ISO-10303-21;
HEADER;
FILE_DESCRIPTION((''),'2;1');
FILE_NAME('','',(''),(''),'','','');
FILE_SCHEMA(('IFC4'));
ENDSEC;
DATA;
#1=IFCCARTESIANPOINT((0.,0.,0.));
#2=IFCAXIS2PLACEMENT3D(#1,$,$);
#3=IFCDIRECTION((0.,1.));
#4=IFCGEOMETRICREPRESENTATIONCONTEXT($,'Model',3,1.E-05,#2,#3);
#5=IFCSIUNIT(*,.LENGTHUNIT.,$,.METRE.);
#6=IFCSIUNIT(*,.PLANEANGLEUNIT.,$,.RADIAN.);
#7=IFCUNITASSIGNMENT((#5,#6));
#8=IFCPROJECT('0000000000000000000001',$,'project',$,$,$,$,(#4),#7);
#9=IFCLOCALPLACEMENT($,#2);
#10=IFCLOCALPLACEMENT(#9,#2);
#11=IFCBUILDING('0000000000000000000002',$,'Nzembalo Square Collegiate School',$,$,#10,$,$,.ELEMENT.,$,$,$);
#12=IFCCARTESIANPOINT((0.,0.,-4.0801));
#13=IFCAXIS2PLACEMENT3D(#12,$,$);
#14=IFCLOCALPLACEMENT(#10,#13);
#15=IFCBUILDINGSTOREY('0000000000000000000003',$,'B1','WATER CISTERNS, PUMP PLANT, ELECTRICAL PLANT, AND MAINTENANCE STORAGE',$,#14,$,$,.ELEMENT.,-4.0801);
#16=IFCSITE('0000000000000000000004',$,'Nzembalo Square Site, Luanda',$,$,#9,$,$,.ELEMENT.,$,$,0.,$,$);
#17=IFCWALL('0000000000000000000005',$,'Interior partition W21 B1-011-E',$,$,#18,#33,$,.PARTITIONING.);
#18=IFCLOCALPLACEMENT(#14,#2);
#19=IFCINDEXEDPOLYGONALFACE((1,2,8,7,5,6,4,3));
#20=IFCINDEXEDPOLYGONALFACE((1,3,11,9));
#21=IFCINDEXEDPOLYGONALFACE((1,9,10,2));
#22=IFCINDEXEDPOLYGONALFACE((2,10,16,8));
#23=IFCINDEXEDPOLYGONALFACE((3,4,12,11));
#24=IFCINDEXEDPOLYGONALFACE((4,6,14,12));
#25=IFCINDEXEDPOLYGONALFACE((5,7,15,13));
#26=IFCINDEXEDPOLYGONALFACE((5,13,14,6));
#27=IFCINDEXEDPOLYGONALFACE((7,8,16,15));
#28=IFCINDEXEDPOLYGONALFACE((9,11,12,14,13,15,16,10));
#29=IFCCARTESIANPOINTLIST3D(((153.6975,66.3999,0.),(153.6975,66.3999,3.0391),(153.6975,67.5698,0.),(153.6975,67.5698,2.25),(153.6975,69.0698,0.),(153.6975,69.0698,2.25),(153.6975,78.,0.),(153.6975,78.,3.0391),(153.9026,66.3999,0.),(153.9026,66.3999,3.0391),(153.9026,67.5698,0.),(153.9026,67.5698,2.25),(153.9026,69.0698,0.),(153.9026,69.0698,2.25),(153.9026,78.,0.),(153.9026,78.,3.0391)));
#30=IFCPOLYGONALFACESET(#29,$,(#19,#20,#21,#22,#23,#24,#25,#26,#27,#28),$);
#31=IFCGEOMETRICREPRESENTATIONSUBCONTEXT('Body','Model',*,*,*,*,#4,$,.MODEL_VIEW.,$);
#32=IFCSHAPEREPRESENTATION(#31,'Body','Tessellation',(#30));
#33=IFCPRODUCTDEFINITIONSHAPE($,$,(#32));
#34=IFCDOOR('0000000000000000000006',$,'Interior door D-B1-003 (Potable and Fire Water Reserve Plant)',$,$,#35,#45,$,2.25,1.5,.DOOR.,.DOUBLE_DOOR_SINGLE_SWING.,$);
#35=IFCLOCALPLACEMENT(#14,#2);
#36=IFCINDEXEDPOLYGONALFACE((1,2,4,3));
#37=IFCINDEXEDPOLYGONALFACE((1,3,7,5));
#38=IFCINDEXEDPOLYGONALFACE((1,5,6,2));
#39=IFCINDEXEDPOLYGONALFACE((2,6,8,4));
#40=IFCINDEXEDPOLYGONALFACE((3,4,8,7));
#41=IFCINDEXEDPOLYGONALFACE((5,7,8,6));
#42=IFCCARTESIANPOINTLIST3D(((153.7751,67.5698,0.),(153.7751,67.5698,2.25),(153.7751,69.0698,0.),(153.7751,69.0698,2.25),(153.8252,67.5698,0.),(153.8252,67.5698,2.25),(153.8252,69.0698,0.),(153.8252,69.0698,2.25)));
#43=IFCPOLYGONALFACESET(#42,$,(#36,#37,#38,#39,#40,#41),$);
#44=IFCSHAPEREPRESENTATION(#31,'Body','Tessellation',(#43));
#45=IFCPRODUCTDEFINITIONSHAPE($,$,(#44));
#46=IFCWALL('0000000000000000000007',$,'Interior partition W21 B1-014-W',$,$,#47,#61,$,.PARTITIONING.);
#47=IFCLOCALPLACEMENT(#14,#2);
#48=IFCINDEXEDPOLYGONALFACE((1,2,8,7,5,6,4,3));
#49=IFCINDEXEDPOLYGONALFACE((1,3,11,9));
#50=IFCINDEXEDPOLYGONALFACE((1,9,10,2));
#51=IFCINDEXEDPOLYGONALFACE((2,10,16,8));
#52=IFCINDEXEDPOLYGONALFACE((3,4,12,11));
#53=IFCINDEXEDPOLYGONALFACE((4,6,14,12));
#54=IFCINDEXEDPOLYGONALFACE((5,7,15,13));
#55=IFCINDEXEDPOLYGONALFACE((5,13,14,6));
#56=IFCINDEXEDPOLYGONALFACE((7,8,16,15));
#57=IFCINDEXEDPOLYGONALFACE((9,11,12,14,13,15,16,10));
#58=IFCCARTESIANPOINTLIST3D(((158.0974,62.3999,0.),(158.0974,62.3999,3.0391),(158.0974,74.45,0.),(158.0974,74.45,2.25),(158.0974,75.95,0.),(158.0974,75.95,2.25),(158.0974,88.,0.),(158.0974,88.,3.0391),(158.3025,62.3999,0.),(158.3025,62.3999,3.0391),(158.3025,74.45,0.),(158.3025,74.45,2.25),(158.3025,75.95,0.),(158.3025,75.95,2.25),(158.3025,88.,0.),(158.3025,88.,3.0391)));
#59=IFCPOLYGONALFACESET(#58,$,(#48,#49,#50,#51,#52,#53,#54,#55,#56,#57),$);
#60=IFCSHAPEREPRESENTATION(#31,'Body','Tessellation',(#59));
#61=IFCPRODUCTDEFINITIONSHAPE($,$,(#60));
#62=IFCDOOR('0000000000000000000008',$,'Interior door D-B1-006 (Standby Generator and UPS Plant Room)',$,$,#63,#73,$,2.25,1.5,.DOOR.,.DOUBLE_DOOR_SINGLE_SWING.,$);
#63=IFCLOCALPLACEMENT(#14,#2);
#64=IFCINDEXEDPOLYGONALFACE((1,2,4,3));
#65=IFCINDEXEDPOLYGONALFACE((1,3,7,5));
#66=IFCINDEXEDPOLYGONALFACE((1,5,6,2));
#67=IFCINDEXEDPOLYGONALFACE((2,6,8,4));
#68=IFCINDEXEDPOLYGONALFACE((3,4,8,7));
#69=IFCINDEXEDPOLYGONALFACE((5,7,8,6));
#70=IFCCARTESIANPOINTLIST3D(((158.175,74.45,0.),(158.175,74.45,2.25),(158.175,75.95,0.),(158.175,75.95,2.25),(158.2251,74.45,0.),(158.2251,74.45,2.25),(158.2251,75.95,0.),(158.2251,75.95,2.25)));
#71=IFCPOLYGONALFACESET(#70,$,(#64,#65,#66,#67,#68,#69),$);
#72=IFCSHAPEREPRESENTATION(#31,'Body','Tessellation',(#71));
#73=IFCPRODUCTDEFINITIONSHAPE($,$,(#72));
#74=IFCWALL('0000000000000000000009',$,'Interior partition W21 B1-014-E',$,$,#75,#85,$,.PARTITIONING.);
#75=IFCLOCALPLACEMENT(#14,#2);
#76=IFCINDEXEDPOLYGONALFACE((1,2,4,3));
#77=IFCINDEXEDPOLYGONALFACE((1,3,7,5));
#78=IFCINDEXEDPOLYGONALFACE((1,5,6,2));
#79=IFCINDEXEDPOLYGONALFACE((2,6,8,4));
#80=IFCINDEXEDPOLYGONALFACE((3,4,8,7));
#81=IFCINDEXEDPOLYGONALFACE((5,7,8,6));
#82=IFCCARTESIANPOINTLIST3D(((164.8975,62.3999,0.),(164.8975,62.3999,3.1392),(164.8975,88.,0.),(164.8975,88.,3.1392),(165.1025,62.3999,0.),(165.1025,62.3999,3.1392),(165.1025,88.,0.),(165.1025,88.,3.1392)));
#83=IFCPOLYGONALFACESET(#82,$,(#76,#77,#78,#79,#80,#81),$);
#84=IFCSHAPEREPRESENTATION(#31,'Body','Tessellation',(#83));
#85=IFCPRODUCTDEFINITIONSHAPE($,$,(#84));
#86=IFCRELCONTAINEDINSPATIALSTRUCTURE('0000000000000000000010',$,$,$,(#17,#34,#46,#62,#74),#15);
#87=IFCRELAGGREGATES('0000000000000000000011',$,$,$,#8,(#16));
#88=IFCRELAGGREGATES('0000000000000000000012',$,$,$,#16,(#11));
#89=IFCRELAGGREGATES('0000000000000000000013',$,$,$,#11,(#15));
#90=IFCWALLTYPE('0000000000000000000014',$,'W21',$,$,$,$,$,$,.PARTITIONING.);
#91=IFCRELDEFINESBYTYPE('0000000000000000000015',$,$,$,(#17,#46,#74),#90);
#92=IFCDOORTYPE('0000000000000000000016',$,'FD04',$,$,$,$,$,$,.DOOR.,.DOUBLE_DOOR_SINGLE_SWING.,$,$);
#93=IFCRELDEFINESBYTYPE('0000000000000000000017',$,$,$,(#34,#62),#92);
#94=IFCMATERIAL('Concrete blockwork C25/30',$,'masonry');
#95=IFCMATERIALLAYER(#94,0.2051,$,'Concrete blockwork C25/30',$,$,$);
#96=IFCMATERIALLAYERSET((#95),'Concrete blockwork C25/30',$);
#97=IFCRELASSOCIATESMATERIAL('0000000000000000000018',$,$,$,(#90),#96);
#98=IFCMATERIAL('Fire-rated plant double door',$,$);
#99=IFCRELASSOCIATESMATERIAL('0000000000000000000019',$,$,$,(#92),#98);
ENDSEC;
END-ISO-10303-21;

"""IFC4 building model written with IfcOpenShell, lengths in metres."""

from ifc_helpers import new_model, si_unit, direction, frame, frame_2d, origin, place, context, subcontext, project, spatial, rectangle, extrude, material, layer, layer_set, type_object, element, fill, save


model = new_model("IFC4")

# Units and contexts
model_context = context("Model", 3, precision=1e-05, world=origin(), true_north=direction((0.0, 1.0)))
body_context = subcontext(model_context, "Body", "Model", "MODEL_VIEW")
ifc_project = project(units=[si_unit("LENGTHUNIT", "METRE"), si_unit("PLANEANGLEUNIT", "RADIAN")], contexts=[model_context])

# Site, building, storey
site_placement = place(None, origin())
site = spatial("IfcSite", under=ifc_project, at=site_placement, Name="Nzembalo Square Site, Luanda", CompositionType="ELEMENT", RefElevation=0.0)
building_placement = place(site_placement, origin())
building = spatial("IfcBuilding", under=site, at=building_placement, Name="Nzembalo Square Collegiate School", CompositionType="ELEMENT")
storey_placement = place(building_placement, frame((0.0, 0.0, -4.0801)))
storey = spatial("IfcBuildingStorey", under=building, at=storey_placement, Name="B1", Description="WATER CISTERNS, PUMP PLANT, ELECTRICAL PLANT, AND MAINTENANCE STORAGE", CompositionType="ELEMENT", Elevation=-4.0801)

# Walls, openings, doors
ifc_material_1 = material(Name="Concrete blockwork C25/30", Category="masonry")
ifc_layer_1 = layer(ifc_material_1, 0.2051, Name="Concrete blockwork C25/30")
ifc_layer_set_1 = layer_set([ifc_layer_1], Name="Concrete blockwork C25/30")
wall_type_1 = type_object("IfcWallType", Name="W21", PredefinedType="PARTITIONING", material=ifc_layer_set_1)
wall_1_placement = place(storey_placement, frame((153.8, 66.3999, 0.0), z_axis=(0.0, 0.0, 1.0), x_axis=(0.0, 1.0, 0.0)))
wall_1 = element("IfcWall", 1, at=wall_1_placement, inside=storey, type_object=wall_type_1, Name="Interior partition W21 B1-011-E", PredefinedType="PARTITIONING", context=body_context, shape_type="SweptSolid", body=[
    extrude(rectangle(XDim=11.6001, YDim=0.2051, at=frame_2d((5.8, 0.0))), origin(), (0.0, 0.0, 1.0), 3.0391),
])
opening_1_placement = place(wall_1_placement, frame((1.1699, 0.0, 0.0)))
opening_1 = element("IfcOpeningElement", 2, at=opening_1_placement, cuts=wall_1, PredefinedType="OPENING", context=body_context, shape_type="SweptSolid", body=[
    extrude(rectangle(XDim=1.5, YDim=2.25, at=frame_2d((0.75, 1.125))), frame((0.0, 0.1125, 0.0), z_axis=(0.0, -1.0, 0.0), x_axis=(1.0, 0.0, 0.0)), (0.0, 0.0, 1.0), 0.2251),
])
ifc_material_2 = material(Name="Fire-rated plant double door")
door_type = type_object("IfcDoorType", Name="FD04", OperationType="DOUBLE_DOOR_SINGLE_SWING", PredefinedType="DOOR", material=ifc_material_2)
door_1_placement = place(opening_1_placement, origin())
door_1 = element("IfcDoor", 3, at=door_1_placement, inside=storey, type_object=door_type, Name="Interior door D-B1-003 (Potable and Fire Water Reserve Plant)", OperationType="DOUBLE_DOOR_SINGLE_SWING", OverallHeight=2.25, OverallWidth=1.5, PredefinedType="DOOR", context=body_context, shape_type="SweptSolid", body=[
    extrude(rectangle(XDim=1.5, YDim=2.25, at=frame_2d((0.75, 1.125))), frame((0.0, 0.0249, 0.0), z_axis=(0.0, -1.0, 0.0), x_axis=(1.0, 0.0, 0.0)), (0.0, 0.0, 1.0), 0.05),
])
fill(opening_1, door_1)
wall_2_placement = place(storey_placement, frame((158.2, 62.3999, 0.0), z_axis=(0.0, 0.0, 1.0), x_axis=(0.0, 1.0, 0.0)))
wall_2 = element("IfcWall", 4, at=wall_2_placement, inside=storey, type_object=wall_type_1, Name="Interior partition W21 B1-014-W", PredefinedType="PARTITIONING", context=body_context, shape_type="SweptSolid", body=[
    extrude(rectangle(XDim=25.6001, YDim=0.2051, at=frame_2d((12.8, 0.0))), origin(), (0.0, 0.0, 1.0), 3.0391),
])
opening_2_placement = place(wall_2_placement, frame((12.05, 0.0, 0.0)))
opening_2 = element("IfcOpeningElement", 5, at=opening_2_placement, cuts=wall_2, PredefinedType="OPENING", context=body_context, shape_type="SweptSolid", body=[
    extrude(rectangle(XDim=1.5, YDim=2.25, at=frame_2d((0.75, 1.125))), frame((0.0, 0.1125, 0.0), z_axis=(0.0, -1.0, 0.0), x_axis=(1.0, 0.0, 0.0)), (0.0, 0.0, 1.0), 0.2251),
])
door_2_placement = place(opening_2_placement, origin())
door_2 = element("IfcDoor", 6, at=door_2_placement, inside=storey, type_object=door_type, Name="Interior door D-B1-006 (Standby Generator and UPS Plant Room)", OperationType="DOUBLE_DOOR_SINGLE_SWING", OverallHeight=2.25, OverallWidth=1.5, PredefinedType="DOOR", context=body_context, shape_type="SweptSolid", body=[
    extrude(rectangle(XDim=1.5, YDim=2.25, at=frame_2d((0.75, 1.125))), frame((0.0, 0.0249, 0.0), z_axis=(0.0, -1.0, 0.0), x_axis=(1.0, 0.0, 0.0)), (0.0, 0.0, 1.0), 0.05),
])
fill(opening_2, door_2)

# Wall
wall_3_placement = place(storey_placement, frame((165.0, 62.3999, 0.0), z_axis=(0.0, 0.0, 1.0), x_axis=(0.0, 1.0, 0.0)))
element("IfcWall", 7, at=wall_3_placement, inside=storey, type_object=wall_type_1, Name="Interior partition W21 B1-014-E", PredefinedType="PARTITIONING", context=body_context, shape_type="SweptSolid", body=[
    extrude(rectangle(XDim=25.6001, YDim=0.2051, at=frame_2d((12.8, 0.0))), origin(), (0.0, 0.0, 1.0), 3.1392),
])

save(model, "model.ifc")
